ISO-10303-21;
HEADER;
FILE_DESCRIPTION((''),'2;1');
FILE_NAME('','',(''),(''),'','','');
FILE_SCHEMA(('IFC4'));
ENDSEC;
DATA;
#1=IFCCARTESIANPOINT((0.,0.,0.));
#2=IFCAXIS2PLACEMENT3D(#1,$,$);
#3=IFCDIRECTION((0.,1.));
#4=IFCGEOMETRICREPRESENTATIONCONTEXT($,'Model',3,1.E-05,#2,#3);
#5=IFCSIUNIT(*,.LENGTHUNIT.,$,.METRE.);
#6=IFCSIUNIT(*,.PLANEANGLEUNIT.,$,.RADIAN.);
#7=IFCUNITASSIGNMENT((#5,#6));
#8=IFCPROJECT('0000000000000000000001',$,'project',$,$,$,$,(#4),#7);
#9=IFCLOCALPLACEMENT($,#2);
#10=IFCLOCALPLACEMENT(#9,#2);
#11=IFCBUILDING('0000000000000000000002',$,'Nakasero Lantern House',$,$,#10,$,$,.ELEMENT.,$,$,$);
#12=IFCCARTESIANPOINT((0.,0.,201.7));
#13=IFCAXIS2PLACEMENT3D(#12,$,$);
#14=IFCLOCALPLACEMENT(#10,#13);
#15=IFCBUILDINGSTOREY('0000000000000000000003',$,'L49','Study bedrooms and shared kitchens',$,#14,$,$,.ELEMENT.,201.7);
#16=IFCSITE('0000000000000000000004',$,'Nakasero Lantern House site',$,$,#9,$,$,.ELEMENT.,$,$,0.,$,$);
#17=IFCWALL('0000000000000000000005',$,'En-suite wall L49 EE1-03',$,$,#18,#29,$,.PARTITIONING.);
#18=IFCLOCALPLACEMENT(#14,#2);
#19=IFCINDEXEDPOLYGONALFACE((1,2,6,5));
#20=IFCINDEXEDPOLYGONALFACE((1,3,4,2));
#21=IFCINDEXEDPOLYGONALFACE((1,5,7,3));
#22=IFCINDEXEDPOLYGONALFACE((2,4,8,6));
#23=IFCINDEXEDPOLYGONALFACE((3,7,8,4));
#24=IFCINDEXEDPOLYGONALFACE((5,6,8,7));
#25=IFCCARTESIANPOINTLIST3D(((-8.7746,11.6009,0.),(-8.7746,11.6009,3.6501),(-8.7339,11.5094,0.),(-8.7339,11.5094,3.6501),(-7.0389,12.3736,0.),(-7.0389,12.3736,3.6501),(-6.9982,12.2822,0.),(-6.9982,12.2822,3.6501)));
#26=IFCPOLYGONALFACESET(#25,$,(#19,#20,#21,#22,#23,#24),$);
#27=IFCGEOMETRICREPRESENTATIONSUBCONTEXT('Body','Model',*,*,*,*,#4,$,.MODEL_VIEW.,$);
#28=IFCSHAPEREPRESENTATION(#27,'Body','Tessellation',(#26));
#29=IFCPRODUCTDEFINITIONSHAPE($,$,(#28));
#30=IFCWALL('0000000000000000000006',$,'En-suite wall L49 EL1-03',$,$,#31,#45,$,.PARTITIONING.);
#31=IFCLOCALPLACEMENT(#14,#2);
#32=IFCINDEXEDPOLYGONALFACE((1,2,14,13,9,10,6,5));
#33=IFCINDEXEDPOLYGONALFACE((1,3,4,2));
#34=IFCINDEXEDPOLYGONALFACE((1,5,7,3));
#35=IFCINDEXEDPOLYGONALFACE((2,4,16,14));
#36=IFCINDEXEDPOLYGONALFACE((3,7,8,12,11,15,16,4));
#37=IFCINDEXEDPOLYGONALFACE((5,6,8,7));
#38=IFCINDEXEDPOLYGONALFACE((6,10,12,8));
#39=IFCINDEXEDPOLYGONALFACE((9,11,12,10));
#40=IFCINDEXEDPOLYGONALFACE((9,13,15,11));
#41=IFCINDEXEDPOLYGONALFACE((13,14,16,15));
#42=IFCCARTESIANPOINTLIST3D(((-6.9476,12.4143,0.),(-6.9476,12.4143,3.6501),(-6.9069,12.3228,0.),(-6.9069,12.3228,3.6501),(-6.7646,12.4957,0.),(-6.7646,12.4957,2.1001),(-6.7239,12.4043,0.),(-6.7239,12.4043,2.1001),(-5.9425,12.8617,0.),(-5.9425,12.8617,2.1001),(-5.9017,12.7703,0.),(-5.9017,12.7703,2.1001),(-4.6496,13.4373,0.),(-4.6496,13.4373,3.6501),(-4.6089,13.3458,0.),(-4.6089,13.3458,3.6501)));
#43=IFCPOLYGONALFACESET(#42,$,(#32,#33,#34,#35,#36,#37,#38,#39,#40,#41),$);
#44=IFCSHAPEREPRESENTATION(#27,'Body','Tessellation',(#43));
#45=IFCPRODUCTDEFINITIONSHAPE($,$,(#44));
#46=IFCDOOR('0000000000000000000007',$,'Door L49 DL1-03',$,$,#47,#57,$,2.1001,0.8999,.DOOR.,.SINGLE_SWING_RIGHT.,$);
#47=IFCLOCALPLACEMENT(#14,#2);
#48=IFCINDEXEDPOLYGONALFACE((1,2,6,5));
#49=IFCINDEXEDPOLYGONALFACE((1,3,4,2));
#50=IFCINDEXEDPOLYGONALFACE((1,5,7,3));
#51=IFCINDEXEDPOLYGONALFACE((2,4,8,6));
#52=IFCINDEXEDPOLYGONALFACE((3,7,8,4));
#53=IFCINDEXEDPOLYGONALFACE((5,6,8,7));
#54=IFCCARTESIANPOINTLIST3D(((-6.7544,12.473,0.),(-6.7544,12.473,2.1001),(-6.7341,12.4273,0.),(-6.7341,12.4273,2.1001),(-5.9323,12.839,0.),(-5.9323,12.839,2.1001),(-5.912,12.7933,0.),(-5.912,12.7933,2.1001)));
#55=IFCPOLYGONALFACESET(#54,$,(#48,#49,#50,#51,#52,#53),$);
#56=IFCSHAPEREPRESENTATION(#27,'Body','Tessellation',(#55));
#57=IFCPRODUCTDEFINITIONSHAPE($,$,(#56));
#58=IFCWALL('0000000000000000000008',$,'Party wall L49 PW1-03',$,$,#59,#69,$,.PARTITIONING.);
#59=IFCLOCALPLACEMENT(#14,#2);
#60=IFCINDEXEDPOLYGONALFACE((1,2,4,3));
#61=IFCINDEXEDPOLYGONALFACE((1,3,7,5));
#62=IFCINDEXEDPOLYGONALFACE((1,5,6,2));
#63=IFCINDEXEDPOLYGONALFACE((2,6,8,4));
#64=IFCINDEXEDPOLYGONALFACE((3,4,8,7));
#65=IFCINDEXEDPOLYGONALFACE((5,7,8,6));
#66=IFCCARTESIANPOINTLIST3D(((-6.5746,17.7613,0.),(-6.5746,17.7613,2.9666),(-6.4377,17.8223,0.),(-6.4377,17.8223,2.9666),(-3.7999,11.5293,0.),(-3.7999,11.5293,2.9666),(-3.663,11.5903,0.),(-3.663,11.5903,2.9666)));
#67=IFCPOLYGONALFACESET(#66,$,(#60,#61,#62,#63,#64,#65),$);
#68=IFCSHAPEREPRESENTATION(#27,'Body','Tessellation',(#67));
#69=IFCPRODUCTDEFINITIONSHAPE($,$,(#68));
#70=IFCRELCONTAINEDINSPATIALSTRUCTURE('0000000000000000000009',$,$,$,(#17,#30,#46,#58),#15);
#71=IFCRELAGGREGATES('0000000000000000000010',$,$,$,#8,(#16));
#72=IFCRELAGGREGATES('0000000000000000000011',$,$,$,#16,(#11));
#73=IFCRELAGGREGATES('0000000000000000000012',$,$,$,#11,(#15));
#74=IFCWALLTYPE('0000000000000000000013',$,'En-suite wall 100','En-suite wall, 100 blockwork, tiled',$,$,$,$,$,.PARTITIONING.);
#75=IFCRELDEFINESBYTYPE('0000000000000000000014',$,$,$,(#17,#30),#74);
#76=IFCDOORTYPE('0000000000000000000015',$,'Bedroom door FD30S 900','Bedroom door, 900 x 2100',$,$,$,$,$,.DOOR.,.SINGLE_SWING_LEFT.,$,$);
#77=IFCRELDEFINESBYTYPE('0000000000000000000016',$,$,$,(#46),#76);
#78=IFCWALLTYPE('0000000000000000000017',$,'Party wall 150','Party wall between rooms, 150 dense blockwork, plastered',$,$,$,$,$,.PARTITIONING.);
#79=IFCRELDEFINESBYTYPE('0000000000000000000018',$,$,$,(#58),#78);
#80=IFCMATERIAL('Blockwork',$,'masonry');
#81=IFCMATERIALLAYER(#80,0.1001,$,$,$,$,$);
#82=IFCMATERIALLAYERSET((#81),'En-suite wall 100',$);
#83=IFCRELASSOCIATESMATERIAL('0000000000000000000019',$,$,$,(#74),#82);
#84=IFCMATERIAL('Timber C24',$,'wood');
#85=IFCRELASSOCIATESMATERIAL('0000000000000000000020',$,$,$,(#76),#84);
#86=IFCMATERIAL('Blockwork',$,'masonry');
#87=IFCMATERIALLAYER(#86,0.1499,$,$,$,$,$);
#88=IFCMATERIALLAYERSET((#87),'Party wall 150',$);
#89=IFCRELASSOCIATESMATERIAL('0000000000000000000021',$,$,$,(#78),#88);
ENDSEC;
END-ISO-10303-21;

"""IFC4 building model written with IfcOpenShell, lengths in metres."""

from ifc_helpers import new_model, si_unit, direction, frame, frame_2d, origin, place, context, subcontext, project, spatial, rectangle, extrude, material, layer, layer_set, type_object, element, fill, save


model = new_model("IFC4")

# Units and contexts
model_context = context("Model", 3, precision=1e-05, world=origin(), true_north=direction((0.0, 1.0)))
body_context = subcontext(model_context, "Body", "Model", "MODEL_VIEW")
ifc_project = project(units=[si_unit("LENGTHUNIT", "METRE"), si_unit("PLANEANGLEUNIT", "RADIAN")], contexts=[model_context])

# Site, building, storey
site_placement = place(None, origin())
site = spatial("IfcSite", under=ifc_project, at=site_placement, Name="Nakasero Lantern House site", CompositionType="ELEMENT", RefElevation=0.0)
building_placement = place(site_placement, origin())
building = spatial("IfcBuilding", under=site, at=building_placement, Name="Nakasero Lantern House", CompositionType="ELEMENT")
storey_placement = place(building_placement, frame((0.0, 0.0, 201.7)))
storey = spatial("IfcBuildingStorey", under=building, at=storey_placement, Name="L49", Description="Study bedrooms and shared kitchens", CompositionType="ELEMENT", Elevation=201.7)

# Wall
ifc_material_1 = material(Name="Blockwork", Category="masonry")
ifc_layer_1 = layer(ifc_material_1, 0.1001)
ifc_layer_set_1 = layer_set([ifc_layer_1], Name="En-suite wall 100")
wall_type_1 = type_object("IfcWallType", Name="En-suite wall 100", Description="En-suite wall, 100 blockwork, tiled", PredefinedType="PARTITIONING", material=ifc_layer_set_1)
wall_1_placement = place(storey_placement, frame((-7.0186, 12.3279, 0.0), z_axis=(0.0, 0.0, 1.0), x_axis=(-0.913552, -0.406723, 0.0)))
element("IfcWall", 1, at=wall_1_placement, inside=storey, type_object=wall_type_1, Name="En-suite wall L49 EE1-03", PredefinedType="PARTITIONING", context=body_context, shape_type="SweptSolid", body=[
    extrude(rectangle(XDim=1.8999, YDim=0.1001, at=frame_2d((0.95, 0.0))), origin(), (0.0, 0.0, 1.0), 3.6501),
])

# Wall, opening, door
wall_2_placement = place(storey_placement, frame((-4.6292, 13.3916, 0.0), z_axis=(0.0, 0.0, 1.0), x_axis=(-0.913563, -0.406697, 0.0)))
wall_2 = element("IfcWall", 2, at=wall_2_placement, inside=storey, type_object=wall_type_1, Name="En-suite wall L49 EL1-03", PredefinedType="PARTITIONING", context=body_context, shape_type="SweptSolid", body=[
    extrude(rectangle(XDim=2.5154, YDim=0.1001, at=frame_2d((1.2578, 0.0))), origin(), (0.0, 0.0, 1.0), 3.6501),
])
opening_1_placement = place(wall_2_placement, frame((1.4153, 0.0, 0.0)))
opening_1 = element("IfcOpeningElement", 3, at=opening_1_placement, cuts=wall_2, PredefinedType="OPENING", context=body_context, shape_type="SweptSolid", body=[
    extrude(rectangle(XDim=0.8999, YDim=2.1001, at=frame_2d((0.45, 1.05))), frame((0.0, 0.0701, 0.0), z_axis=(0.0, -1.0, 0.0), x_axis=(1.0, 0.0, 0.0)), (0.0, 0.0, 1.0), 0.1401),
])
ifc_material_2 = material(Name="Timber C24", Category="wood")
door_type_1 = type_object("IfcDoorType", Name="Bedroom door FD30S 900", Description="Bedroom door, 900 x 2100", OperationType="SINGLE_SWING_LEFT", PredefinedType="DOOR", material=ifc_material_2)
door_1_placement = place(opening_1_placement, origin())
door_1 = element("IfcDoor", 4, at=door_1_placement, inside=storey, type_object=door_type_1, Name="Door L49 DL1-03", OperationType="SINGLE_SWING_RIGHT", OverallHeight=2.1001, OverallWidth=0.8999, PredefinedType="DOOR", context=body_context, shape_type="SweptSolid", body=[
    extrude(rectangle(XDim=0.8999, YDim=2.1001, at=frame_2d((0.45, 1.05))), frame((0.0, 0.0249, 0.0), z_axis=(0.0, -1.0, 0.0), x_axis=(1.0, 0.0, 0.0)), (0.0, 0.0, 1.0), 0.05),
])
fill(opening_1, door_1)

# Wall
ifc_material_3 = material(Name="Blockwork", Category="masonry")
ifc_layer_2 = layer(ifc_material_3, 0.1499)
ifc_layer_set_2 = layer_set([ifc_layer_2], Name="Party wall 150")
wall_type_2 = type_object("IfcWallType", Name="Party wall 150", Description="Party wall between rooms, 150 dense blockwork, plastered", PredefinedType="PARTITIONING", material=ifc_layer_set_2)
wall_3_placement = place(storey_placement, frame((-3.7314, 11.5598, 0.0), z_axis=(0.0, 0.0, 1.0), x_axis=(-0.406739, 0.913544, 0.0)))
element("IfcWall", 5, at=wall_3_placement, inside=storey, type_object=wall_type_2, Name="Party wall L49 PW1-03", PredefinedType="PARTITIONING", context=body_context, shape_type="SweptSolid", body=[
    extrude(rectangle(XDim=6.8218, YDim=0.1499, at=frame_2d((3.4109, 0.0))), origin(), (0.0, 0.0, 1.0), 2.9666),
])

save(model, "model.ifc")
